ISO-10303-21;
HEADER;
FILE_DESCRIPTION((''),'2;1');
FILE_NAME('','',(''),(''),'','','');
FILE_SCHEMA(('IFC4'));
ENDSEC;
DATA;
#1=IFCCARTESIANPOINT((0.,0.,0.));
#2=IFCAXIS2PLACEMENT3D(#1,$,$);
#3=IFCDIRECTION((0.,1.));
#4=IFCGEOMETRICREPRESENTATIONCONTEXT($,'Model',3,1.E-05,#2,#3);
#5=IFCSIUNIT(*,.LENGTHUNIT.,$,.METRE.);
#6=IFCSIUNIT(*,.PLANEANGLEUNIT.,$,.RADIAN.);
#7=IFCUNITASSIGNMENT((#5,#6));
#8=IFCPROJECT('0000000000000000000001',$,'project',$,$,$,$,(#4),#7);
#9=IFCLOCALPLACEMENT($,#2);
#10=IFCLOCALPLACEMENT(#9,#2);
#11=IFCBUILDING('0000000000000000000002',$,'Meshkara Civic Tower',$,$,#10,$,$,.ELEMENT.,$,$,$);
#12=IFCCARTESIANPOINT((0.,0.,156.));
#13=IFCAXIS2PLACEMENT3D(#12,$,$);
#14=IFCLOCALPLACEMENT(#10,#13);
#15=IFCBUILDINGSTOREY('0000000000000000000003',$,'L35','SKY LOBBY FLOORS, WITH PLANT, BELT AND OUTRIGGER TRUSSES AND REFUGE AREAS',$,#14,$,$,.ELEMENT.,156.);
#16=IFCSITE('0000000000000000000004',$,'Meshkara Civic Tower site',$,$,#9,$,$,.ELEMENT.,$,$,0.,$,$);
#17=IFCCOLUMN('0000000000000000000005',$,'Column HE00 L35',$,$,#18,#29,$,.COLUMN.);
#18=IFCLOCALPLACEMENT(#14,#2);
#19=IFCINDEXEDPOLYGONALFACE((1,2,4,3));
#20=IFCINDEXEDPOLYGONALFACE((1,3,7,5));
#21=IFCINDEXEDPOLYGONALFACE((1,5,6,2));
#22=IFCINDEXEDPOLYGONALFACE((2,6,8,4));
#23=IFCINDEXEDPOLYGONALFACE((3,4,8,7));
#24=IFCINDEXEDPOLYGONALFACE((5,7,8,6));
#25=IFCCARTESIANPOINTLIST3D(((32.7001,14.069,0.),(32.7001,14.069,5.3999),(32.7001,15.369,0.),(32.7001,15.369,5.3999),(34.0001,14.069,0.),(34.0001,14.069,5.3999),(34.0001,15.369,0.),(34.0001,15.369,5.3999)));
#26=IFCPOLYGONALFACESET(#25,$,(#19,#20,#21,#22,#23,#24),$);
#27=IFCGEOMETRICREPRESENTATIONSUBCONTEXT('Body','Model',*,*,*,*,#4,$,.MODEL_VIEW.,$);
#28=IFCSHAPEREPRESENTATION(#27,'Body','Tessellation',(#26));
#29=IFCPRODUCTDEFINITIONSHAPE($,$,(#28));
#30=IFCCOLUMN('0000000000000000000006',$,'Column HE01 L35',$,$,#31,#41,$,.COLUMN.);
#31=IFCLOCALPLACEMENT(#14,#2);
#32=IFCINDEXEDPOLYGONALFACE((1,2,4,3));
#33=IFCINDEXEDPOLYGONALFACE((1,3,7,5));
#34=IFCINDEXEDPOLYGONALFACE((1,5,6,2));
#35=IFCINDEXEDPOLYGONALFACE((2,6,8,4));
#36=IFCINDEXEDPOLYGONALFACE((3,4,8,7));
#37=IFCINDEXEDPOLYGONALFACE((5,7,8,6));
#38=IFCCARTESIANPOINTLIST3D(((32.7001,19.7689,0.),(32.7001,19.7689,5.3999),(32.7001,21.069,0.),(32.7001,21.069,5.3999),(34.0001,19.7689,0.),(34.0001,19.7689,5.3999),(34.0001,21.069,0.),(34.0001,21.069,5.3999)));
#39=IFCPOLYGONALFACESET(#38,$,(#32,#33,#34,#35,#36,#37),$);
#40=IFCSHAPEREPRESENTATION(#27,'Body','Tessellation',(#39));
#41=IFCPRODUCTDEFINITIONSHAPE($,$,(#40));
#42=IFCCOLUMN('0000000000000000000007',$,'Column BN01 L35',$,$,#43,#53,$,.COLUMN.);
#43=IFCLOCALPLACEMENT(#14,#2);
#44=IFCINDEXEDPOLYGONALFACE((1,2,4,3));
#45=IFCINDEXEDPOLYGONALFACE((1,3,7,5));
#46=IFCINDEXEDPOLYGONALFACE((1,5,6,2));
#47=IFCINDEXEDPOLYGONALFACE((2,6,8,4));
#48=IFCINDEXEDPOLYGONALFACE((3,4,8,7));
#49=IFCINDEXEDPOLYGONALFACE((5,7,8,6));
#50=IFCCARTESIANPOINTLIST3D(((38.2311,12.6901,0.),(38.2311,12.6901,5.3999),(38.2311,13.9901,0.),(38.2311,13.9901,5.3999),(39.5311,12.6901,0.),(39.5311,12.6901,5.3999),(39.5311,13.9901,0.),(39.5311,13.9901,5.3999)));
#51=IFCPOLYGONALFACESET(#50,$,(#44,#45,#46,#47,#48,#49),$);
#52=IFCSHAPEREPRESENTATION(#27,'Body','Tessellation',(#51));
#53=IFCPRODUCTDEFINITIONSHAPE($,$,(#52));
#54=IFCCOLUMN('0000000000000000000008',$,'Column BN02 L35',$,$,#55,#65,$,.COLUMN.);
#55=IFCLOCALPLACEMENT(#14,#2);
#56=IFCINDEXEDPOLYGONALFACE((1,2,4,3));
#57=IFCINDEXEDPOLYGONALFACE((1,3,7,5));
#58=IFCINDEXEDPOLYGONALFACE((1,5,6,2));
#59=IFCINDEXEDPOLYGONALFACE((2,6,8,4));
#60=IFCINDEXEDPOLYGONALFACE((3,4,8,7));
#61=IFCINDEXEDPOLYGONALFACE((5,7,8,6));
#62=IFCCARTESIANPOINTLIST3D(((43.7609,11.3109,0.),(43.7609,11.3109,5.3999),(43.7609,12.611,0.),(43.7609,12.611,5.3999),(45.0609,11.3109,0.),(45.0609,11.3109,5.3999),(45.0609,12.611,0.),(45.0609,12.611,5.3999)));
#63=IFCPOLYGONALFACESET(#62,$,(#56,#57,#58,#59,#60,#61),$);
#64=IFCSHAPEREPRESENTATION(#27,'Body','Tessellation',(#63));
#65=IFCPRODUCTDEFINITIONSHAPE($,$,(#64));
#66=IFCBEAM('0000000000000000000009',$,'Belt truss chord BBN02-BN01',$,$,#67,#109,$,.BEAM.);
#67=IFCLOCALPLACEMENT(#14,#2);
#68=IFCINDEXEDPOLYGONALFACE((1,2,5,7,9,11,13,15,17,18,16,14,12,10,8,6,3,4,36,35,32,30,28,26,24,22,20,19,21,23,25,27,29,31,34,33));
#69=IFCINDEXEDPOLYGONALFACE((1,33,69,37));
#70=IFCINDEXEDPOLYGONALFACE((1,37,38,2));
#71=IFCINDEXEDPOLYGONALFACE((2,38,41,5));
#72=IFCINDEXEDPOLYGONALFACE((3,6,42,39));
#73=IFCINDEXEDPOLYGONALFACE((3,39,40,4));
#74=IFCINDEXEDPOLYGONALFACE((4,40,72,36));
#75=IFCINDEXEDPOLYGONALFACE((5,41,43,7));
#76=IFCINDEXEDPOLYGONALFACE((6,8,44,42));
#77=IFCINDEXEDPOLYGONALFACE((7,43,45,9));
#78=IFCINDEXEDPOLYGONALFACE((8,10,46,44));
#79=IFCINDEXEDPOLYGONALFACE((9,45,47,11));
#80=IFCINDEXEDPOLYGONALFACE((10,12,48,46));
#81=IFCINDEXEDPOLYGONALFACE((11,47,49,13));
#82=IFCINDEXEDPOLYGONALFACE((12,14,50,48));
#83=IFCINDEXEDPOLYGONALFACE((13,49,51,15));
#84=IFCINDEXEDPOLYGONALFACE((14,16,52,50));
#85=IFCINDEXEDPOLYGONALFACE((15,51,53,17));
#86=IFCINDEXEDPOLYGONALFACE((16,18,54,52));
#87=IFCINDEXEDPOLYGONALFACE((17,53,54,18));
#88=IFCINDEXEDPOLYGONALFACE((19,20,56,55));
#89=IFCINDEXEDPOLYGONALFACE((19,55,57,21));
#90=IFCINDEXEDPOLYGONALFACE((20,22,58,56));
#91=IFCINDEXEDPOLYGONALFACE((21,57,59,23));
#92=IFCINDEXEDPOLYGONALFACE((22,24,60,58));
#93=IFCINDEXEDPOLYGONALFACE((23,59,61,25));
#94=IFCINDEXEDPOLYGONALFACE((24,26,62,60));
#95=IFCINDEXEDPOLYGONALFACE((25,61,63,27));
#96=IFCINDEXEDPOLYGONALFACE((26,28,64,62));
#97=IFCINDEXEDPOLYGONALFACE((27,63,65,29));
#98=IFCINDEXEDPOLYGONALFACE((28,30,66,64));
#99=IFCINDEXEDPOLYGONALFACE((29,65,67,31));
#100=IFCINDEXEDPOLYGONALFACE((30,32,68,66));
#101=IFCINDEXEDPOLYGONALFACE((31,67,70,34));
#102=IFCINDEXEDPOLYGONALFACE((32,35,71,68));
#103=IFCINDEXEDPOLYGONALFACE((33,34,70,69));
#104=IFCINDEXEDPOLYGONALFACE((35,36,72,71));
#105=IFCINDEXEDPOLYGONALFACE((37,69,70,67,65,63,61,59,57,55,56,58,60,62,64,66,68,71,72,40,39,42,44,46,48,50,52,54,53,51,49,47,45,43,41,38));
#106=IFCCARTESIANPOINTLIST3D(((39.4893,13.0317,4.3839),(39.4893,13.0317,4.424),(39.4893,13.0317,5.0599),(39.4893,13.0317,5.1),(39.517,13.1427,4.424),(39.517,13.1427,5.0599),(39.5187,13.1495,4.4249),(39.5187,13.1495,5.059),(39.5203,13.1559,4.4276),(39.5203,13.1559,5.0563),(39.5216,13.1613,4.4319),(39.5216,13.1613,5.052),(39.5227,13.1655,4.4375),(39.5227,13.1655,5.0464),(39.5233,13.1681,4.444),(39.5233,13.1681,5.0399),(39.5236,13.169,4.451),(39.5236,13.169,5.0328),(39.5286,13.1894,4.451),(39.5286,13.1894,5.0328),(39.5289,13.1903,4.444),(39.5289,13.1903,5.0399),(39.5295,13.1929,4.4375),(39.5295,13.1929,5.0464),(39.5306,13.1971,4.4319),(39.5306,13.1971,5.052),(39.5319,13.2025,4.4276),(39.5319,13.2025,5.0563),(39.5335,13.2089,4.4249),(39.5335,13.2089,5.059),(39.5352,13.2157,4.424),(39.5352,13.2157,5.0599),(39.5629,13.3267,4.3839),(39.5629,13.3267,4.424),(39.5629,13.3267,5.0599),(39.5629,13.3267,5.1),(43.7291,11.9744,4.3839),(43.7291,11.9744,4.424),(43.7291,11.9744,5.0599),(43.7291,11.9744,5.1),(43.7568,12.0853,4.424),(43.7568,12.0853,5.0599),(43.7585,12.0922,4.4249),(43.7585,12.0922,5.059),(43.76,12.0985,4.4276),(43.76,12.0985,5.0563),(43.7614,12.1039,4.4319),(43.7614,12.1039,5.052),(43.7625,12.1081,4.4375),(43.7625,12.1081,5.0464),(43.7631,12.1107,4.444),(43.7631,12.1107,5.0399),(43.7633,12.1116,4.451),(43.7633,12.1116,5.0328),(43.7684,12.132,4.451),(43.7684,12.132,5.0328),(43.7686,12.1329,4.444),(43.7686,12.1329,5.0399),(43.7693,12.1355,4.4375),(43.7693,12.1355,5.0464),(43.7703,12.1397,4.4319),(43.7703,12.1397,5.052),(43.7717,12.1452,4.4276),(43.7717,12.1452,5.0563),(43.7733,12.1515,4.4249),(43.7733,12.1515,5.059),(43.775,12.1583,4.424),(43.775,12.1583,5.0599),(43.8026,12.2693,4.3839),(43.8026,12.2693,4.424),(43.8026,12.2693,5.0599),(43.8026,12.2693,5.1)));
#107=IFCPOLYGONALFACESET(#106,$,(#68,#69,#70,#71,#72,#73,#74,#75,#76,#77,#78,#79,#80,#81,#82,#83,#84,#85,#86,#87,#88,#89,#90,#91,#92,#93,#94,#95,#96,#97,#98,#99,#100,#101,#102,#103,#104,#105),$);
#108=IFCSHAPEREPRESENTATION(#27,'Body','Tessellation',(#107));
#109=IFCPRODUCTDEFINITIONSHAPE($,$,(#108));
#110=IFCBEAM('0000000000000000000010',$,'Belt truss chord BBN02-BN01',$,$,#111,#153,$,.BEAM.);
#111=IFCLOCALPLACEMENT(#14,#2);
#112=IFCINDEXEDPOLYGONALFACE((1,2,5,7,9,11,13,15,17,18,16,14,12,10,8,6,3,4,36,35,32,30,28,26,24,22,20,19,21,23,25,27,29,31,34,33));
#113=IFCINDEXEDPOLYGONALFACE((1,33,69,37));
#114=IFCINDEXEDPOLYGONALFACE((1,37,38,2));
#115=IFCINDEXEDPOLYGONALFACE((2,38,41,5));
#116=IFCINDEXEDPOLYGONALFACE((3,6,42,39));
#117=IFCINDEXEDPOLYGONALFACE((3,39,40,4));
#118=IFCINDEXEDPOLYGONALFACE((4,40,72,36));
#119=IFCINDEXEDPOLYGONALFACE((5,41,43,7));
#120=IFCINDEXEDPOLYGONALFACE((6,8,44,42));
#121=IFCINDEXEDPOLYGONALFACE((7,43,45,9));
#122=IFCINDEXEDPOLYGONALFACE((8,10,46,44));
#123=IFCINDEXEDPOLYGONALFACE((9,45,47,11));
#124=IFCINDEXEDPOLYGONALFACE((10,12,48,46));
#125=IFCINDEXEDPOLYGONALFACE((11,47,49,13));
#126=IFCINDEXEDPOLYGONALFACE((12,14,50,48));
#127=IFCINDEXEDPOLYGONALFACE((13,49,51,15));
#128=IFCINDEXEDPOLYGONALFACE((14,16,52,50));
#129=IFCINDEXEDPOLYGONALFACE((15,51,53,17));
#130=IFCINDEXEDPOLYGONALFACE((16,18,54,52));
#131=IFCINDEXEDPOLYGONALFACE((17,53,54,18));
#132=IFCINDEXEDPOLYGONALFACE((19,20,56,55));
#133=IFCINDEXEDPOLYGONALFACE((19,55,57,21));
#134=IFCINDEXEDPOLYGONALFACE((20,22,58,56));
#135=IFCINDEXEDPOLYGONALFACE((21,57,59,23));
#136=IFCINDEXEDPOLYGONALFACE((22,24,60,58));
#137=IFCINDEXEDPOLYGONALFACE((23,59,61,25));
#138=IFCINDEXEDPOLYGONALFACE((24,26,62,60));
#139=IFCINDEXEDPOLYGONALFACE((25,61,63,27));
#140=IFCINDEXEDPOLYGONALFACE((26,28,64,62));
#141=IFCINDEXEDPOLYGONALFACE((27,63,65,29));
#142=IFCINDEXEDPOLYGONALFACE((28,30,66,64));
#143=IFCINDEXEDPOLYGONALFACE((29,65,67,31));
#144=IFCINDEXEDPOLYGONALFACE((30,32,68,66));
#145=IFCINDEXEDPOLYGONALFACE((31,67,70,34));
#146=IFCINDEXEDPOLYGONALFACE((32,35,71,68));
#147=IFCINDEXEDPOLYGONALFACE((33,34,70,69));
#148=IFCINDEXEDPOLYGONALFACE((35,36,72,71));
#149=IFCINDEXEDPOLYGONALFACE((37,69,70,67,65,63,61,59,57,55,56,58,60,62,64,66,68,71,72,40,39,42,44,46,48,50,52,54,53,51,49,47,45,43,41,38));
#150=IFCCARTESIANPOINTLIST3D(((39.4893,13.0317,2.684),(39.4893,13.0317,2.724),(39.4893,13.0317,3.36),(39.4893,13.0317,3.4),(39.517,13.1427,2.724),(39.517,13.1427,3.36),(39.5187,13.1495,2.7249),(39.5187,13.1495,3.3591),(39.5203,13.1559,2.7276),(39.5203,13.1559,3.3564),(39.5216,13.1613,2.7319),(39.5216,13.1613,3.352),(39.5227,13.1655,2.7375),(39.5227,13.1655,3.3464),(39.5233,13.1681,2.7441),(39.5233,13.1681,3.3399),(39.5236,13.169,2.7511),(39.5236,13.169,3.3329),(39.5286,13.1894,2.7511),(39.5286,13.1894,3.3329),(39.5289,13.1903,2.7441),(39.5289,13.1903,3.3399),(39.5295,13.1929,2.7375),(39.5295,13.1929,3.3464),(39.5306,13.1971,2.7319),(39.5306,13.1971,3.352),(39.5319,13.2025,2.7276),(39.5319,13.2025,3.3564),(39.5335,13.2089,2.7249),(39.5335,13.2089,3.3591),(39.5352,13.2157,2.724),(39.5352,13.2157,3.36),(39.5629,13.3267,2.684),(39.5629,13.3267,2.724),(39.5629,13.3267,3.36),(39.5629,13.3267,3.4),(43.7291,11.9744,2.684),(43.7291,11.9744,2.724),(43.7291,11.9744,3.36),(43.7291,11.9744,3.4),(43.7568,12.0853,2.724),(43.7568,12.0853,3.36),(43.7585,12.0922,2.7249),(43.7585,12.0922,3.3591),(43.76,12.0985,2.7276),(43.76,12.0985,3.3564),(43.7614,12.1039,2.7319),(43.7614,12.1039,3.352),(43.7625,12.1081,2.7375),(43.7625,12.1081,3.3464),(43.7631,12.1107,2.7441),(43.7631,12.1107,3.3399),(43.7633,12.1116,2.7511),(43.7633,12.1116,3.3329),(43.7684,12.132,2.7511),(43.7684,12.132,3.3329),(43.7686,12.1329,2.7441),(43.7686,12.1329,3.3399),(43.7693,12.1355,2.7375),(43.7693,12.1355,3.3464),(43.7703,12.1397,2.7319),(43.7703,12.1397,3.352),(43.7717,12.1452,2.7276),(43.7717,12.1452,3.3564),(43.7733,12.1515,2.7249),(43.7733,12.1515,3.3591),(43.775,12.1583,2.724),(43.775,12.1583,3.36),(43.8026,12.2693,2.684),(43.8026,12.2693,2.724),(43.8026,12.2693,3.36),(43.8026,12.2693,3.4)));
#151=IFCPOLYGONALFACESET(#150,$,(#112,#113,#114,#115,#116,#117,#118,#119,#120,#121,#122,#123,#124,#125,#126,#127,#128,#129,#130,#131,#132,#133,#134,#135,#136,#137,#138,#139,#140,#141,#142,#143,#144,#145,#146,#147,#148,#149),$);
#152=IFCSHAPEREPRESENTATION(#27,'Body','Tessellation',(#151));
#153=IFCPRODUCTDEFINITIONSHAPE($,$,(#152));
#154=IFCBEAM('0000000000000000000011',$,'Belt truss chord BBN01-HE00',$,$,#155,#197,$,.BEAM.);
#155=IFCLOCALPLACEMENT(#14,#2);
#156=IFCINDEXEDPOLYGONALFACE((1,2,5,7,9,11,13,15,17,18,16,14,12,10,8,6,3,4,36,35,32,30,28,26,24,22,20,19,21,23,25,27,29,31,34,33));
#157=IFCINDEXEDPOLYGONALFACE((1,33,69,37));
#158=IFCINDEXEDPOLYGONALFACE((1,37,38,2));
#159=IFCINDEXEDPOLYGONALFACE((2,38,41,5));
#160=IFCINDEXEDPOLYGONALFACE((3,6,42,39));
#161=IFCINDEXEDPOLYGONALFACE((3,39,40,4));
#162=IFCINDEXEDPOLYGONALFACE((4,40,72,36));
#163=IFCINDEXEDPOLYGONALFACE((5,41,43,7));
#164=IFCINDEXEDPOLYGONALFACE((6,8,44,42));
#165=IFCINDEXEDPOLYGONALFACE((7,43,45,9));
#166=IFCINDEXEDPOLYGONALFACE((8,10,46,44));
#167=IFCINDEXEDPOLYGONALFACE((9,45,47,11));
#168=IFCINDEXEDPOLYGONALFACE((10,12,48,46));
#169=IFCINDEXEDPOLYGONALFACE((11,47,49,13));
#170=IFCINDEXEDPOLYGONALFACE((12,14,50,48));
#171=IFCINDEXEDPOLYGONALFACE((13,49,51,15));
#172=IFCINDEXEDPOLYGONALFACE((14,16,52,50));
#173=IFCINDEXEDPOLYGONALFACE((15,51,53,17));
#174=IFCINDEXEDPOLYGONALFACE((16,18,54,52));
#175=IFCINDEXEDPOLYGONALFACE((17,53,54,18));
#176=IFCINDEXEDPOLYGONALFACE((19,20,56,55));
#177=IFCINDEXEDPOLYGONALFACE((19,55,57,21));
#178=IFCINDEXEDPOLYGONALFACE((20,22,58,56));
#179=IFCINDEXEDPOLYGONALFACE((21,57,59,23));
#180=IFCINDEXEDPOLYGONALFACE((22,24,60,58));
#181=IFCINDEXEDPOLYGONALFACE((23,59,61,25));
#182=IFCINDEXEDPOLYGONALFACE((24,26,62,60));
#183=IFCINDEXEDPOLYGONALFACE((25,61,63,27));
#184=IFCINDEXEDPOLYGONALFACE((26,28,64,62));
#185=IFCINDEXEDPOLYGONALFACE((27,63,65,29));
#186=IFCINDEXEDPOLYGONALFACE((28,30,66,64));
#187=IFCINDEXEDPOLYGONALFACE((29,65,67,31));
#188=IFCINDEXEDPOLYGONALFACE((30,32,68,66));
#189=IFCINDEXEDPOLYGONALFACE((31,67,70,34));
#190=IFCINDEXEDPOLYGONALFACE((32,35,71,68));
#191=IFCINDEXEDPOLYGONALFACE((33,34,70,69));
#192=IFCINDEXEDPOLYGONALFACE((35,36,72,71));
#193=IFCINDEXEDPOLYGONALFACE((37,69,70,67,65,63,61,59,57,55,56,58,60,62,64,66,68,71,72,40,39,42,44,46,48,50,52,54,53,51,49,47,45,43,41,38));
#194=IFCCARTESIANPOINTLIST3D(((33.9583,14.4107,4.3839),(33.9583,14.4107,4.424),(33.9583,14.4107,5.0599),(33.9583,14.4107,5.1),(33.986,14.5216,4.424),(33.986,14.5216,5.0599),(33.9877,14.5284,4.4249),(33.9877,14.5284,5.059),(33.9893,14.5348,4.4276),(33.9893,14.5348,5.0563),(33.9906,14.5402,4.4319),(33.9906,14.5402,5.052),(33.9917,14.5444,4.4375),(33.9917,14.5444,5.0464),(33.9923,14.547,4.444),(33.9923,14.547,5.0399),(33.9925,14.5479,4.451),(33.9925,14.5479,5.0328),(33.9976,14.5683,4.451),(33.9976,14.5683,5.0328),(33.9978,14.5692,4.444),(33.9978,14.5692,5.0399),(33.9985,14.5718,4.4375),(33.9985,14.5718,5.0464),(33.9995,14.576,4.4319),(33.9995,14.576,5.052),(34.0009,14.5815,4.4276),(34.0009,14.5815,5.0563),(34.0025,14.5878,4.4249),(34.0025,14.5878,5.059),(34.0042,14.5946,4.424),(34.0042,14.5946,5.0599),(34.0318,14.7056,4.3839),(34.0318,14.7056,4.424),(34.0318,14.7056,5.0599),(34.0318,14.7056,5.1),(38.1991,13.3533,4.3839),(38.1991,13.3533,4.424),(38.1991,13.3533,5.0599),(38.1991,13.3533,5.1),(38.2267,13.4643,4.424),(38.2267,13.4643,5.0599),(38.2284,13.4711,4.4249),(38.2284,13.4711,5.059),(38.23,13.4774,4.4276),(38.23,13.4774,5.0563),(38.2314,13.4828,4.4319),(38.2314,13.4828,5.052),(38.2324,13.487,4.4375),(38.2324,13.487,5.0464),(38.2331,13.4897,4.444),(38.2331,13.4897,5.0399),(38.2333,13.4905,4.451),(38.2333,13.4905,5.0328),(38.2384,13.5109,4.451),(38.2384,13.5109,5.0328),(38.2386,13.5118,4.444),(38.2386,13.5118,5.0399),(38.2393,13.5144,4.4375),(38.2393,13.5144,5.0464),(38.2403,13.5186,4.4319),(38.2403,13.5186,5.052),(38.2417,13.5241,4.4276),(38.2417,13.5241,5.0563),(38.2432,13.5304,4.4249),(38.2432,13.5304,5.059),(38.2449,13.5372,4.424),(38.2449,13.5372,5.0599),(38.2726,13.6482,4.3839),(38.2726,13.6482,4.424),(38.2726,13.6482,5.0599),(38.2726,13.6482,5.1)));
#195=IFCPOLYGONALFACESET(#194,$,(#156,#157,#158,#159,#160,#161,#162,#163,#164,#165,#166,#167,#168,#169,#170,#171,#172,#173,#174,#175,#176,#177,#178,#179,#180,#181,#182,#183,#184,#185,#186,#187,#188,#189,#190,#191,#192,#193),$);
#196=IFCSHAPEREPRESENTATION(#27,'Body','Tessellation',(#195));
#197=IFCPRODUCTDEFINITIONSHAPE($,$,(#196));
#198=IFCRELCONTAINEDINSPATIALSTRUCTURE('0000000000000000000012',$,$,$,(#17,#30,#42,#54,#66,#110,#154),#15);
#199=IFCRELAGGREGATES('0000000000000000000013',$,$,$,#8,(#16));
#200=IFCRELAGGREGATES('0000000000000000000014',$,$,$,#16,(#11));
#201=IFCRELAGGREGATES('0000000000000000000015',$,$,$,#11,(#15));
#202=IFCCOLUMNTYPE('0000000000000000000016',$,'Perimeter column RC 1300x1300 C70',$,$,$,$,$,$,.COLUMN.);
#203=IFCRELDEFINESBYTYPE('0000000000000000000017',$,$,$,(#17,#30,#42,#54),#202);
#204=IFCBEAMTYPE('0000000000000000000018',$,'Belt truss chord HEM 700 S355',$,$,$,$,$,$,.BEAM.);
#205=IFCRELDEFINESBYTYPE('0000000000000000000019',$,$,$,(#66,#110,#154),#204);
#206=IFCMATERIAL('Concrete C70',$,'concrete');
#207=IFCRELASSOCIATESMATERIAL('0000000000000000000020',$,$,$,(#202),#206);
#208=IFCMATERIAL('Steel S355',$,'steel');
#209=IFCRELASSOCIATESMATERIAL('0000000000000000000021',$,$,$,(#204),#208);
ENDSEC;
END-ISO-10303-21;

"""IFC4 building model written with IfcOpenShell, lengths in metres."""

from ifc_helpers import new_model, si_unit, direction, frame, origin, origin_2d, place, context, subcontext, project, spatial, rectangle, i_section, extrude, material, material_profile, profile_set, type_object, element, save


model = new_model("IFC4")

# Units and contexts
model_context = context("Model", 3, precision=1e-05, world=origin(), true_north=direction((0.0, 1.0)))
body_context = subcontext(model_context, "Body", "Model", "MODEL_VIEW")
ifc_project = project(units=[si_unit("LENGTHUNIT", "METRE"), si_unit("PLANEANGLEUNIT", "RADIAN")], contexts=[model_context])

# Site, building, storey
site_placement = place(None, origin())
site = spatial("IfcSite", under=ifc_project, at=site_placement, Name="Meshkara Civic Tower site", CompositionType="ELEMENT", RefElevation=0.0)
building_placement = place(site_placement, origin())
building = spatial("IfcBuilding", under=site, at=building_placement, Name="Meshkara Civic Tower", CompositionType="ELEMENT")
storey_placement = place(building_placement, frame((0.0, 0.0, 156.0)))
storey = spatial("IfcBuildingStorey", under=building, at=storey_placement, Name="L35", Description="SKY LOBBY FLOORS, WITH PLANT, BELT AND OUTRIGGER TRUSSES AND REFUGE AREAS", CompositionType="ELEMENT", Elevation=156.0)

# Columns
ifc_material_1 = material(Name="Concrete C70", Category="concrete")
ifc_material_profile_1 = material_profile(ifc_material_1, rectangle(XDim=1.3, YDim=1.3, at=origin_2d()))
ifc_profile_set_1 = profile_set([ifc_material_profile_1], Name="Concrete C70")
column_type = type_object("IfcColumnType", Name="Perimeter column RC 1300x1300 C70", PredefinedType="COLUMN", material=ifc_profile_set_1)
for number, where, z_axis, x_axis, name in (
    (1, (33.3501, 14.719, 0.0), (0.0, 0.0, 1.0), (1.0, 0.0, 0.0), "Column HE00 L35"),
    (2, (33.3501, 20.4189, 0.0), (0.0, 0.0, 1.0), (1.0, 0.0, 0.0), "Column HE01 L35"),
    (3, (38.8811, 13.3401, 0.0), (0.0, 0.0, 1.0), (1.0, 0.0, 0.0), "Column BN01 L35"),
    (4, (44.4109, 11.9609, 0.0), (0.0, 0.0, 1.0), (1.0, 0.0, 0.0), "Column BN02 L35"),
):
    element("IfcColumn", number, at=place(storey_placement, frame(where, z_axis=z_axis, x_axis=x_axis)), inside=storey, type_object=column_type, Name=name, PredefinedType="COLUMN", context=body_context, shape_type="SweptSolid", body=[
        extrude(rectangle(XDim=1.3, YDim=1.3, at=origin_2d()), origin(), (0.0, 0.0, 1.0), 5.3999),
    ])

# Beams
ifc_material_2 = material(Name="Steel S355", Category="steel")
ifc_material_profile_2 = material_profile(ifc_material_2, i_section(OverallWidth=0.304, OverallDepth=0.7161, WebThickness=0.021, FlangeThickness=0.04, FilletRadius=0.0271, at=origin_2d()))
ifc_profile_set_2 = profile_set([ifc_material_profile_2], Name="Steel S355")
beam_type = type_object("IfcBeamType", Name="Belt truss chord HEM 700 S355", PredefinedType="BEAM", material=ifc_profile_set_2)
for number, where, z_axis, x_axis, name in (
    (5, (43.7659, 12.1218, 4.7419), (-0.97028, 0.241983, 0.0), (-0.241983, -0.97028, 0.0), "Belt truss chord BBN02-BN01"),
    (6, (43.7659, 12.1218, 3.042), (-0.97028, 0.241983, 0.0), (-0.241983, -0.97028, 0.0), "Belt truss chord BBN02-BN01"),
):
    element("IfcBeam", number, at=place(storey_placement, frame(where, z_axis=z_axis, x_axis=x_axis)), inside=storey, type_object=beam_type, Name=name, PredefinedType="BEAM", context=body_context, shape_type="SweptSolid", body=[
        extrude(i_section(OverallWidth=0.304, OverallDepth=0.7161, WebThickness=0.021, FlangeThickness=0.04, FilletRadius=0.0271, at=origin_2d()), origin(), (0.0, 0.0, 1.0), 4.3696),
    ])
for number, where, z_axis, x_axis, name in (
    (7, (38.2358, 13.5007, 4.7419), (-0.970293, 0.241931, 0.0), (-0.241931, -0.970293, 0.0), "Belt truss chord BBN01-HE00"),
):
    element("IfcBeam", number, at=place(storey_placement, frame(where, z_axis=z_axis, x_axis=x_axis)), inside=storey, type_object=beam_type, Name=name, PredefinedType="BEAM", context=body_context, shape_type="SweptSolid", body=[
        extrude(i_section(OverallWidth=0.304, OverallDepth=0.7161, WebThickness=0.021, FlangeThickness=0.04, FilletRadius=0.0271, at=origin_2d()), origin(), (0.0, 0.0, 1.0), 4.3706),
    ])

save(model, "model.ifc")
